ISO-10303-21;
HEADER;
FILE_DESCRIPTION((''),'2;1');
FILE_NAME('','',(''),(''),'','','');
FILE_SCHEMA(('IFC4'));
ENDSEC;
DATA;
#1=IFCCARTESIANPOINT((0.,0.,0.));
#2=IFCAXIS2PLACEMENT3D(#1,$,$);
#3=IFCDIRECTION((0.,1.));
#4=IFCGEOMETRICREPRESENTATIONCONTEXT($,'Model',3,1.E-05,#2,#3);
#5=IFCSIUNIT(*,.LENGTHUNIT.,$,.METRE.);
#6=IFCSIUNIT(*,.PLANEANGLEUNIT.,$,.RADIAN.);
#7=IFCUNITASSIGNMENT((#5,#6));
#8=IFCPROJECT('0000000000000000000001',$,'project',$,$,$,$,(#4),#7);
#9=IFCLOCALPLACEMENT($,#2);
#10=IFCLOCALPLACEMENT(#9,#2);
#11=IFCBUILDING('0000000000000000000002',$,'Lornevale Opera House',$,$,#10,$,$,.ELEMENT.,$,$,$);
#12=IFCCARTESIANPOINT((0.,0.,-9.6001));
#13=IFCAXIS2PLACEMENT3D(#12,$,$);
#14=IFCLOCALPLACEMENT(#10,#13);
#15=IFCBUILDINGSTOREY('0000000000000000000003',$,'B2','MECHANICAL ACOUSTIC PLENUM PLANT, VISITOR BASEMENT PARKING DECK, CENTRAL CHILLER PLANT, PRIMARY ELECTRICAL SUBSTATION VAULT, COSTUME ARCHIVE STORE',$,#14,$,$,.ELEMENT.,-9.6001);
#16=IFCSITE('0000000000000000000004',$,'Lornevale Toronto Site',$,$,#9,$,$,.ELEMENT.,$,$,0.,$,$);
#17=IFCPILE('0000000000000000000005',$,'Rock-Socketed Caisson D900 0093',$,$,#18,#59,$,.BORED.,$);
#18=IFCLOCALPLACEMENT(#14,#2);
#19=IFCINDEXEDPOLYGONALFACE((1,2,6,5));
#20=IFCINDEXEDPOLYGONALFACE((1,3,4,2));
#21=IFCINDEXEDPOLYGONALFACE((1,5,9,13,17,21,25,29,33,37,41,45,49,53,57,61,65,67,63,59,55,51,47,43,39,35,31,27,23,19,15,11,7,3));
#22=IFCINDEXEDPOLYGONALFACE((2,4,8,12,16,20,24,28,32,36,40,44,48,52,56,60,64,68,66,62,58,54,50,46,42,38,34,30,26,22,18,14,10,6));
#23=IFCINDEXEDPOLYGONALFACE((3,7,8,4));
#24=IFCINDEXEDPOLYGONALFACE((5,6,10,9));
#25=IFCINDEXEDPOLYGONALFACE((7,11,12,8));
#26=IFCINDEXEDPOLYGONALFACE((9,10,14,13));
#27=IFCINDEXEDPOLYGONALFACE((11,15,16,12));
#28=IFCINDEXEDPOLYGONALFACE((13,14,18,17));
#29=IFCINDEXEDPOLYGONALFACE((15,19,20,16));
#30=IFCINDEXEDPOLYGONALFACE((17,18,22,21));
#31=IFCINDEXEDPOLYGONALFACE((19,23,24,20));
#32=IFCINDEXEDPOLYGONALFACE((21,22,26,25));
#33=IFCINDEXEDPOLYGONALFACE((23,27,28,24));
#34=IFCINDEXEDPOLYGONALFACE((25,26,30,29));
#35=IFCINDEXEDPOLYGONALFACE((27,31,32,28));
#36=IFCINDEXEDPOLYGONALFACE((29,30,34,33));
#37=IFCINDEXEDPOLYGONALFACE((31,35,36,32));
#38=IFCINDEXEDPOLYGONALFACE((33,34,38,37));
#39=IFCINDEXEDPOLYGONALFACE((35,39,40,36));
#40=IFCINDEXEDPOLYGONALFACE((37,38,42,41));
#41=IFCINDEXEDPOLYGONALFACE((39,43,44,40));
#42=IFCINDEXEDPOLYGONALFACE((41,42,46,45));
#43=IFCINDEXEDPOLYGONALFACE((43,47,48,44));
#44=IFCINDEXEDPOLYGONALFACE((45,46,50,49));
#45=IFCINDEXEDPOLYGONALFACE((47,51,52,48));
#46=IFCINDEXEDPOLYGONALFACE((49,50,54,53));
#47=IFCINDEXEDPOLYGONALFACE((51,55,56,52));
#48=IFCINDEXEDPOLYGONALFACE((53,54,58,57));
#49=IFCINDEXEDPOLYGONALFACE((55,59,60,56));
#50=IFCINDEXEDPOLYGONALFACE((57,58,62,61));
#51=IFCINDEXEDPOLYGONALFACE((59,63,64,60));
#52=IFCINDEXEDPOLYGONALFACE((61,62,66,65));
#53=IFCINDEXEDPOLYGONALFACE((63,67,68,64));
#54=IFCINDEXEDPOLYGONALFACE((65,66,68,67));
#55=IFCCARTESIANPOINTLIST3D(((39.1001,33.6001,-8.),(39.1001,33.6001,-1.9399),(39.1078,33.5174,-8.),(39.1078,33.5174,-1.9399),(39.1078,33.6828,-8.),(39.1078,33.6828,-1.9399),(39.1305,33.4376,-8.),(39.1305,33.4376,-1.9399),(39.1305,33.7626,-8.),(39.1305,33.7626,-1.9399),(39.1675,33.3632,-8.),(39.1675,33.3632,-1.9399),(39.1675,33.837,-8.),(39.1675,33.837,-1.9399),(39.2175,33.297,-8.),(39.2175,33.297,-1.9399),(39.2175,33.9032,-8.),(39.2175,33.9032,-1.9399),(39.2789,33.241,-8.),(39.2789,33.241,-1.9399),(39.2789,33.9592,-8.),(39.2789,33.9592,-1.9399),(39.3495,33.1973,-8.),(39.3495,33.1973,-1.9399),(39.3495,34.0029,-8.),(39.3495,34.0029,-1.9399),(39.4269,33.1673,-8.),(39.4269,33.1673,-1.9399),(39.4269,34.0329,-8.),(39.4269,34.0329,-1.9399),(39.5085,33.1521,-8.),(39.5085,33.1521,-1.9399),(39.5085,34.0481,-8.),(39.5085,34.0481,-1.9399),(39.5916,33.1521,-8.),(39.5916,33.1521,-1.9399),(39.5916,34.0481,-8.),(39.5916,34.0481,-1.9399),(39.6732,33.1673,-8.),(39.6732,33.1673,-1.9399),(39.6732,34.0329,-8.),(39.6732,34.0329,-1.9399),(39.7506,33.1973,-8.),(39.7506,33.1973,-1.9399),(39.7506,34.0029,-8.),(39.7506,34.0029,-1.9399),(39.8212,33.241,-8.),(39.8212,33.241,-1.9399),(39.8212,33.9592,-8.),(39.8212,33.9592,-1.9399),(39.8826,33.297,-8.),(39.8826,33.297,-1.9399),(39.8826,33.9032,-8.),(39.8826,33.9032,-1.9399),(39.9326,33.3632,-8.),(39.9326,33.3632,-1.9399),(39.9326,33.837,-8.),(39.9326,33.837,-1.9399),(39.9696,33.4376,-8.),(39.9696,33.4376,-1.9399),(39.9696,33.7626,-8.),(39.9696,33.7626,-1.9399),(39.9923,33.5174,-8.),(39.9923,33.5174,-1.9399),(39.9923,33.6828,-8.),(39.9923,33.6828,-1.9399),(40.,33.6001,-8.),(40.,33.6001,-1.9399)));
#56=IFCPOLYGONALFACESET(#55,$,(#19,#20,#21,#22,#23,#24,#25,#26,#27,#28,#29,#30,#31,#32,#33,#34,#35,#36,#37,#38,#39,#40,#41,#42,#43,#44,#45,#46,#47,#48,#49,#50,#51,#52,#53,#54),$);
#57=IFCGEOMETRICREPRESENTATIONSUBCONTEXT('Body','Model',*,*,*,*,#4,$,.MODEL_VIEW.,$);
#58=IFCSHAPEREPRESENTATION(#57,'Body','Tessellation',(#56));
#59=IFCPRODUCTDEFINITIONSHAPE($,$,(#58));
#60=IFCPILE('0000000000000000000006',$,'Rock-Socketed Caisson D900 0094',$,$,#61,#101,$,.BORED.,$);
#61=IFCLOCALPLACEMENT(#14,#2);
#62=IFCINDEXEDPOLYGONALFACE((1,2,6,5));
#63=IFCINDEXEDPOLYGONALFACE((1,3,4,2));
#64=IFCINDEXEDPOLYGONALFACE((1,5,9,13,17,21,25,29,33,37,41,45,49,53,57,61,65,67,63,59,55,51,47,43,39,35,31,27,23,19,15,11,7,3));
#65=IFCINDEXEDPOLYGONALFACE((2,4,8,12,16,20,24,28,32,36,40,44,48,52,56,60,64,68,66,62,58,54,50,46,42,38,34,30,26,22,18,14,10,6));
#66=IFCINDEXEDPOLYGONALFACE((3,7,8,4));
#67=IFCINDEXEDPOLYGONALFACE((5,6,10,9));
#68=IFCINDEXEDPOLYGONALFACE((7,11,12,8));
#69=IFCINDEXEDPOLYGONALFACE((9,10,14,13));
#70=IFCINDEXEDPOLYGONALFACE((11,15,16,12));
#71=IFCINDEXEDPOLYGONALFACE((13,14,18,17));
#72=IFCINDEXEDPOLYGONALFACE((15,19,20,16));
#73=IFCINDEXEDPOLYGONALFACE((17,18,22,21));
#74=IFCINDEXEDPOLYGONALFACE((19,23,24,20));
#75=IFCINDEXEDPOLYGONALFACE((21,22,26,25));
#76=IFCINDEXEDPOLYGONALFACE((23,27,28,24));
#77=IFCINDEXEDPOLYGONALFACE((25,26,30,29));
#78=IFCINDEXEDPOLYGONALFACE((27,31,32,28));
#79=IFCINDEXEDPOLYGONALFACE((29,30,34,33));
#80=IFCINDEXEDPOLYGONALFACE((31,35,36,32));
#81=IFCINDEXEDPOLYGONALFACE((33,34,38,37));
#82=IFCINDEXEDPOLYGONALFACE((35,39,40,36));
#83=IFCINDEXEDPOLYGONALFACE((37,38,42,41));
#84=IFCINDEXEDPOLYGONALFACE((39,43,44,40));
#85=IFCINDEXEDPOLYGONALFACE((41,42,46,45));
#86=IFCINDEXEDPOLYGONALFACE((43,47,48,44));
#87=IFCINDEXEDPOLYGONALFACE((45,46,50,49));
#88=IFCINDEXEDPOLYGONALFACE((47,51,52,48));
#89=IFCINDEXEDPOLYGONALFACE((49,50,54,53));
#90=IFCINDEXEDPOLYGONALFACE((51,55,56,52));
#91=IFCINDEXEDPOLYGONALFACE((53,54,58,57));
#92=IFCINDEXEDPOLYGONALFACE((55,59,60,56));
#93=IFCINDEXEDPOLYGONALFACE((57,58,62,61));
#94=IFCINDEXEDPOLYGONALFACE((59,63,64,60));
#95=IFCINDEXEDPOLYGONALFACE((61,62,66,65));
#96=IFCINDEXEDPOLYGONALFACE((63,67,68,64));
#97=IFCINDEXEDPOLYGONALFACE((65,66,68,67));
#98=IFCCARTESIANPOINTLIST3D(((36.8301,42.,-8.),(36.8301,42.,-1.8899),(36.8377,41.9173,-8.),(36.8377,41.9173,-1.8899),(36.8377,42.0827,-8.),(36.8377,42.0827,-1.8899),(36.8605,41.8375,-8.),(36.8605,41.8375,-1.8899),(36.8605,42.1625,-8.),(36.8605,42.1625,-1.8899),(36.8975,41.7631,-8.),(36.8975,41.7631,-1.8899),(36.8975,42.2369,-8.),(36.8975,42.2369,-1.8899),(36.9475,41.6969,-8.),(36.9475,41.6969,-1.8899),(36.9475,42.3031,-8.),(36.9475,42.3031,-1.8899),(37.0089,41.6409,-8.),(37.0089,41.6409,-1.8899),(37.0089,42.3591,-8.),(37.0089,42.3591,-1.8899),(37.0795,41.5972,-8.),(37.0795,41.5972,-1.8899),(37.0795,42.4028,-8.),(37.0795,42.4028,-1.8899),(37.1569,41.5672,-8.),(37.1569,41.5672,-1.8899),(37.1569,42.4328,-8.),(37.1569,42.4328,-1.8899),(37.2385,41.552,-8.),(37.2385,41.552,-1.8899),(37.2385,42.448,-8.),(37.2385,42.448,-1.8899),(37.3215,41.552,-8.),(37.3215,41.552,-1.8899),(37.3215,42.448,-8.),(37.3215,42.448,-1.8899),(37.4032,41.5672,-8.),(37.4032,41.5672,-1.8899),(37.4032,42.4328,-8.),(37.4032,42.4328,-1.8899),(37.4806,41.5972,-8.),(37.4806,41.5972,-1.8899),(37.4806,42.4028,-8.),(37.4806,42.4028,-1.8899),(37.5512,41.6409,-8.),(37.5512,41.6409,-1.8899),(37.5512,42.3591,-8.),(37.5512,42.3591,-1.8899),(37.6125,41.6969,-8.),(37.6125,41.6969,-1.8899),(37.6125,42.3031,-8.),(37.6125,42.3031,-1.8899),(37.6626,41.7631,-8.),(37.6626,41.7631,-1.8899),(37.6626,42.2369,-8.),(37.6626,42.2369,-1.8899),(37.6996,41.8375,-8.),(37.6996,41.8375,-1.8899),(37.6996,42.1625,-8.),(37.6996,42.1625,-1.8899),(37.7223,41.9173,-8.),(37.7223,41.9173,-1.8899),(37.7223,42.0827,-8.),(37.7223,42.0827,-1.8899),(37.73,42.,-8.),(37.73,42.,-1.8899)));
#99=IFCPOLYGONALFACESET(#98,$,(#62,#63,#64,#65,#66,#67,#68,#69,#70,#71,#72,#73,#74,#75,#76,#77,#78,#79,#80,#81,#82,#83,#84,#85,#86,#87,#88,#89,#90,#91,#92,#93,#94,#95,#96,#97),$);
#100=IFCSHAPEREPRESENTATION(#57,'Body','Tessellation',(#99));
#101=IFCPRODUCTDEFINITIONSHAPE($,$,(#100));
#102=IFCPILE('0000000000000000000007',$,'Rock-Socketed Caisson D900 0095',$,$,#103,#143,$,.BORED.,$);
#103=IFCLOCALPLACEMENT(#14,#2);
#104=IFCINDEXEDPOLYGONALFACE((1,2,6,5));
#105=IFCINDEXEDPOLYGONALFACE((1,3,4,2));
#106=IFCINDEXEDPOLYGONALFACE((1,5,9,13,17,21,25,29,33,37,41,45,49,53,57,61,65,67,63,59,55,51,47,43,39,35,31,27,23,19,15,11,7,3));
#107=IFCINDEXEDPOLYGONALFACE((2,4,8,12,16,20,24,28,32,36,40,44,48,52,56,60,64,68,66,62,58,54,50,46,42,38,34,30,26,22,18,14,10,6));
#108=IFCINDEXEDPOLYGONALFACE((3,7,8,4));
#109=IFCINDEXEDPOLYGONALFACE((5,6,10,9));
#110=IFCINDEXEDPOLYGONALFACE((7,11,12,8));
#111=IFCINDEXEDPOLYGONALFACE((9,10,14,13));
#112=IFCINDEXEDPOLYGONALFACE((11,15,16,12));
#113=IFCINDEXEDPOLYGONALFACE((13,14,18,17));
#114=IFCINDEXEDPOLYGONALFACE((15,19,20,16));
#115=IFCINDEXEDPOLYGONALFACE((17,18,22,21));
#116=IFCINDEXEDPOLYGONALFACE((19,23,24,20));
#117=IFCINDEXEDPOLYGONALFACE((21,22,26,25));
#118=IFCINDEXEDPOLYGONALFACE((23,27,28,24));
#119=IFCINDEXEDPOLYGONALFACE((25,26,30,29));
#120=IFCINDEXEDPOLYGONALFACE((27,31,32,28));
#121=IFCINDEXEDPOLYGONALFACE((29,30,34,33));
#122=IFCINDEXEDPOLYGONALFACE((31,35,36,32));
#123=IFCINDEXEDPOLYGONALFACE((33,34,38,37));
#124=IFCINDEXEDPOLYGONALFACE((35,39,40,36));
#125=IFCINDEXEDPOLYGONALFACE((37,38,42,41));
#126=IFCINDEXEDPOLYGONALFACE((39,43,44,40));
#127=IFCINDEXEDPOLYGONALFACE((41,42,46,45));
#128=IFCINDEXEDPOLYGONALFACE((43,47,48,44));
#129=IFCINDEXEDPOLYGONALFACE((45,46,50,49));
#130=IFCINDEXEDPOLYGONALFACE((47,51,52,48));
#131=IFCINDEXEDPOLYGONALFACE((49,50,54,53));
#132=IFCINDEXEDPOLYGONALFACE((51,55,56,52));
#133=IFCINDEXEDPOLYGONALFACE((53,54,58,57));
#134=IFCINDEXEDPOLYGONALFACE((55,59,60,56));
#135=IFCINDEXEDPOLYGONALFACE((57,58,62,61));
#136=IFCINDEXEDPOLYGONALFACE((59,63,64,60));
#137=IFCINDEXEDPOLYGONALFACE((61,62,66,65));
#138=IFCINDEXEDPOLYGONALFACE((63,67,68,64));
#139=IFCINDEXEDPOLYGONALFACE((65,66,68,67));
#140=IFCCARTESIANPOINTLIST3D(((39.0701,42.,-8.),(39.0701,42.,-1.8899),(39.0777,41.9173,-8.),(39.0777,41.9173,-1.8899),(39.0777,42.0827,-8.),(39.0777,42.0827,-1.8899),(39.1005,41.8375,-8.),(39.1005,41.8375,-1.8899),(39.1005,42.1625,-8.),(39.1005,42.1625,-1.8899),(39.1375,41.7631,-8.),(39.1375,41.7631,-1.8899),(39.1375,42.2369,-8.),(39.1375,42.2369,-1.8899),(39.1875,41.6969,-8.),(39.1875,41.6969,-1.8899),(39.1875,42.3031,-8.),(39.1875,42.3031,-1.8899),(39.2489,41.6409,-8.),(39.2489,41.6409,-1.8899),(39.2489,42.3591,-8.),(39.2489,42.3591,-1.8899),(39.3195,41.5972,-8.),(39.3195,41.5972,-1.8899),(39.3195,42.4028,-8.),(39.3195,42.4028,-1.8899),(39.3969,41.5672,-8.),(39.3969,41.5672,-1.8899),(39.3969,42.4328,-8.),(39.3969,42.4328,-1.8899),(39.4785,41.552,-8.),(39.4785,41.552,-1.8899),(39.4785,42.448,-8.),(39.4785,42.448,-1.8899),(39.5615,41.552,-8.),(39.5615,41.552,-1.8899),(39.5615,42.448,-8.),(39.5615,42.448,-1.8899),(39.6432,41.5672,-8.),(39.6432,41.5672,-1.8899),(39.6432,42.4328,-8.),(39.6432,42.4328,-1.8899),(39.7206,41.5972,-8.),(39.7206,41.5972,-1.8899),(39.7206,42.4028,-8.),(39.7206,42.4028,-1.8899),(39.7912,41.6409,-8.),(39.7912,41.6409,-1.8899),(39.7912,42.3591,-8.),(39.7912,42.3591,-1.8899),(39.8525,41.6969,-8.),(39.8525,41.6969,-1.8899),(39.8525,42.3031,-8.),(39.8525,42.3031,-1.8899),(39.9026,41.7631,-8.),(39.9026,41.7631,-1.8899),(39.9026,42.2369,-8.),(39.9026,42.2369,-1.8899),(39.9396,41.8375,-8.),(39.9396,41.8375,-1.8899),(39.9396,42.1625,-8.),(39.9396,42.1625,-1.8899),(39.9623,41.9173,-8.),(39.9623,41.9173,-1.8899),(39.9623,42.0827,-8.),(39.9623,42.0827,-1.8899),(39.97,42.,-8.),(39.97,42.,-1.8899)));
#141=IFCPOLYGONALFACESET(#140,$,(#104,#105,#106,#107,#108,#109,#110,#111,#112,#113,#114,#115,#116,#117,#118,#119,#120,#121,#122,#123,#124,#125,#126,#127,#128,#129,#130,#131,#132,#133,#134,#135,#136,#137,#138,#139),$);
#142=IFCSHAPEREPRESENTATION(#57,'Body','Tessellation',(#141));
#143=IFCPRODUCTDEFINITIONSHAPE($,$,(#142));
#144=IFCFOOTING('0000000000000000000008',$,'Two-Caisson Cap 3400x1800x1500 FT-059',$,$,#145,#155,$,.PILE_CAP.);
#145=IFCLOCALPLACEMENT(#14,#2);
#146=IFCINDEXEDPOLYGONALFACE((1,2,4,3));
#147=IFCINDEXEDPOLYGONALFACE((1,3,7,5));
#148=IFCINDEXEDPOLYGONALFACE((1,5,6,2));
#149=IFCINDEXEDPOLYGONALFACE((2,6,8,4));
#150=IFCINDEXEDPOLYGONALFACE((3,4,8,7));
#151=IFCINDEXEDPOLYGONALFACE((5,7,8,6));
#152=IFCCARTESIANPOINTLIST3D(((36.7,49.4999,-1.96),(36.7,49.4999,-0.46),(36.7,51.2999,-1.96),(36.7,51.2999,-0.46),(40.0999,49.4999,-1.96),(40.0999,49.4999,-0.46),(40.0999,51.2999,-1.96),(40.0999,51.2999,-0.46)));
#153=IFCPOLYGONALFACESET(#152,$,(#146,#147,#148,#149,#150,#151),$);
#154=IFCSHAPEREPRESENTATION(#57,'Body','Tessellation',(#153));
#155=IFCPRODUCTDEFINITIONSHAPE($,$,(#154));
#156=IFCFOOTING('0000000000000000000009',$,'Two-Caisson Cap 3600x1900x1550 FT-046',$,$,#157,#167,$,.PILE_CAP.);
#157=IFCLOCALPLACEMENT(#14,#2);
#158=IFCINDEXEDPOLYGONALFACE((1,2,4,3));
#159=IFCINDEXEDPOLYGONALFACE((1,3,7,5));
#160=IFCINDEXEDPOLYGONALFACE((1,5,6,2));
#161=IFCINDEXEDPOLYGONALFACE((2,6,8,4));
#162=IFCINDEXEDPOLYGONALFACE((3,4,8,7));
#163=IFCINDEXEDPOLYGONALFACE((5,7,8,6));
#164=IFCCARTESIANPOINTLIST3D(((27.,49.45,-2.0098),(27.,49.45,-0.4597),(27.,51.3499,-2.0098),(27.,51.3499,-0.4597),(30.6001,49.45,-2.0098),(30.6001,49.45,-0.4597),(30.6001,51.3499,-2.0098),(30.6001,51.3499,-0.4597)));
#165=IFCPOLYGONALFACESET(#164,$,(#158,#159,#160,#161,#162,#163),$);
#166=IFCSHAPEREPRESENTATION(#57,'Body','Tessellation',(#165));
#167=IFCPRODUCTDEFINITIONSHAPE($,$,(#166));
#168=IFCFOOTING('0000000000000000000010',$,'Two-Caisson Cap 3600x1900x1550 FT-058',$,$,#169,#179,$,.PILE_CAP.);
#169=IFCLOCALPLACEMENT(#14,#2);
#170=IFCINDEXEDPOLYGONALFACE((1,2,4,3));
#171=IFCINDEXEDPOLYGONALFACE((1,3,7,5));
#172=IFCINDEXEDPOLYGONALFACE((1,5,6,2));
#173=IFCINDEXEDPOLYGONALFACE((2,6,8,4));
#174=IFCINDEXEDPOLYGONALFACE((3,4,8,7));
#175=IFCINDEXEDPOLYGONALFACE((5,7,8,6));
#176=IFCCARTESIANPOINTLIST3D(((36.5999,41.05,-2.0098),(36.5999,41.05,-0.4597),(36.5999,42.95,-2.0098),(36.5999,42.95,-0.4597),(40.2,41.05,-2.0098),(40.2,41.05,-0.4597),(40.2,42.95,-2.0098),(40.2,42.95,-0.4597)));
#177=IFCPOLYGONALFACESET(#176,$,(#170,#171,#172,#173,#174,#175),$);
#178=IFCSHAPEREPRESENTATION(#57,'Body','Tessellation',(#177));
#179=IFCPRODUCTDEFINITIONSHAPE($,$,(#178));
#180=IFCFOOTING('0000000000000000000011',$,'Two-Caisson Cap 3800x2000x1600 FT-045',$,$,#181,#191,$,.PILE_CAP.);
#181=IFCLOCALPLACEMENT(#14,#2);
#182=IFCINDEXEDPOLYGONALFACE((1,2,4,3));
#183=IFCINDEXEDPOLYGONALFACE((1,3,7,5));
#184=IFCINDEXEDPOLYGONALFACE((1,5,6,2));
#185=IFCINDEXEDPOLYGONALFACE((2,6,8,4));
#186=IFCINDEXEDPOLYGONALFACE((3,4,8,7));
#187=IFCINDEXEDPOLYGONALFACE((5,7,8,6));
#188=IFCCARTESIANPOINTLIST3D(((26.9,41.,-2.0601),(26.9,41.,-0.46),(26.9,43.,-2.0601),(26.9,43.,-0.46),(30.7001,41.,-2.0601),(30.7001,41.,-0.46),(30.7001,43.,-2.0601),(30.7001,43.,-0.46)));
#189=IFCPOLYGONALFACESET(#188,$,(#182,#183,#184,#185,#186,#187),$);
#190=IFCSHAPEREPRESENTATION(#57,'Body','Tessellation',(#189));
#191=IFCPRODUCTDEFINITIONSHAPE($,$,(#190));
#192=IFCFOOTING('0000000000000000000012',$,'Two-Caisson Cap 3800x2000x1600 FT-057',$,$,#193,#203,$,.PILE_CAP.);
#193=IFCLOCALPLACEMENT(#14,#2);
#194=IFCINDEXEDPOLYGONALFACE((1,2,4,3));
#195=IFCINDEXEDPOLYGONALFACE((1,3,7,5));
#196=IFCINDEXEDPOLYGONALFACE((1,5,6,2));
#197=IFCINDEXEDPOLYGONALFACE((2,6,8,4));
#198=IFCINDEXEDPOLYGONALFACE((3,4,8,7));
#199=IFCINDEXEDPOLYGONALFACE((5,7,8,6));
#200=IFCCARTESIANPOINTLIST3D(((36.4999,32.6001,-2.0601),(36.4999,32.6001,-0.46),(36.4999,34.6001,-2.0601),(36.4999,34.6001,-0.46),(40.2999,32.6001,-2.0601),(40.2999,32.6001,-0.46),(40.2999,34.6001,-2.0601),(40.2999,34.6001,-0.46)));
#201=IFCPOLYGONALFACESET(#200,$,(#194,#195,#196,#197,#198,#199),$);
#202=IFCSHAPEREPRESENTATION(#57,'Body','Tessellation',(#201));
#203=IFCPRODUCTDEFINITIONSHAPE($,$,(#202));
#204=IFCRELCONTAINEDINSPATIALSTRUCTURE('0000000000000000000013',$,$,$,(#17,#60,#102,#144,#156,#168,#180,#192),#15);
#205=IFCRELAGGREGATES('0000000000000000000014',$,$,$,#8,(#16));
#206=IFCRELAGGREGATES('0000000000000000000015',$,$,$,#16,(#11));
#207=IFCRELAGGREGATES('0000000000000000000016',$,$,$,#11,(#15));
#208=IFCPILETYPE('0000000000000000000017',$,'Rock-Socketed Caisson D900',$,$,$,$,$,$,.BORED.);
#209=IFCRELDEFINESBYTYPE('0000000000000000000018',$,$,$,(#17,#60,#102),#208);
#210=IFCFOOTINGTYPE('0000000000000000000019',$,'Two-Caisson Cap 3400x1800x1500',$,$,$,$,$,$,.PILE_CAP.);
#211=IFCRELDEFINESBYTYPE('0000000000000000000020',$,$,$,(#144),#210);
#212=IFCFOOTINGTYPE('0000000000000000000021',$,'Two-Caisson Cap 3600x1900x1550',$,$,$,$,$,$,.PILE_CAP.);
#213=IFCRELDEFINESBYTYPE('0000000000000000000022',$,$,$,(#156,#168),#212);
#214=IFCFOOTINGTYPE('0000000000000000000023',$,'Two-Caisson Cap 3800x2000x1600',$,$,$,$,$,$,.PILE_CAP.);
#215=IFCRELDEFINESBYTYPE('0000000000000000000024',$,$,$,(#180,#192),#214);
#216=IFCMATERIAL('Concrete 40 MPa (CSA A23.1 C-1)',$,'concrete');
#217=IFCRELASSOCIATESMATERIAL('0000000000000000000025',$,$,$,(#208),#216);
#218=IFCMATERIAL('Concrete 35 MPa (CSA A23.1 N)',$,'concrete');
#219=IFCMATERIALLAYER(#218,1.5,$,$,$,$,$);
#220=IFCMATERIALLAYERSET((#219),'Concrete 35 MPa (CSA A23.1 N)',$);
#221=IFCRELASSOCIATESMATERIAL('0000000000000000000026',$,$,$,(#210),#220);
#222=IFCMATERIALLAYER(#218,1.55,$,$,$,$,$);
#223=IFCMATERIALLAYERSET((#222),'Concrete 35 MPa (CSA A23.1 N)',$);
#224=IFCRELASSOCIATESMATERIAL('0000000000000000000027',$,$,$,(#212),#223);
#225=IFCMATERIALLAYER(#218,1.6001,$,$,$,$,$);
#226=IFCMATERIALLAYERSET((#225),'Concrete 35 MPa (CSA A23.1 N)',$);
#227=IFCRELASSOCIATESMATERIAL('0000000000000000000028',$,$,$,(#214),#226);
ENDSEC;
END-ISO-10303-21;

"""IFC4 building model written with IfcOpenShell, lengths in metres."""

from ifc_helpers import new_model, si_unit, direction, frame, origin, origin_2d, place, context, subcontext, project, spatial, rectangle, circle, extrude, material, layer, layer_set, material_profile, profile_set, type_object, element, save


model = new_model("IFC4")

# Units and contexts
model_context = context("Model", 3, precision=1e-05, world=origin(), true_north=direction((0.0, 1.0)))
body_context = subcontext(model_context, "Body", "Model", "MODEL_VIEW")
ifc_project = project(units=[si_unit("LENGTHUNIT", "METRE"), si_unit("PLANEANGLEUNIT", "RADIAN")], contexts=[model_context])

# Site, building, storey
site_placement = place(None, origin())
site = spatial("IfcSite", under=ifc_project, at=site_placement, Name="Lornevale Toronto Site", CompositionType="ELEMENT", RefElevation=0.0)
building_placement = place(site_placement, origin())
building = spatial("IfcBuilding", under=site, at=building_placement, Name="Lornevale Opera House", CompositionType="ELEMENT")
storey_placement = place(building_placement, frame((0.0, 0.0, -9.6001)))
storey = spatial("IfcBuildingStorey", under=building, at=storey_placement, Name="B2", Description="MECHANICAL ACOUSTIC PLENUM PLANT, VISITOR BASEMENT PARKING DECK, CENTRAL CHILLER PLANT, PRIMARY ELECTRICAL SUBSTATION VAULT, COSTUME ARCHIVE STORE", CompositionType="ELEMENT", Elevation=-9.6001)

# Shared definitions
ifc_material_1 = material(Name="Concrete 35 MPa (CSA A23.1 N)", Category="concrete")

# Piles
ifc_material_2 = material(Name="Concrete 40 MPa (CSA A23.1 C-1)", Category="concrete")
ifc_material_profile_1 = material_profile(ifc_material_2, circle(Radius=0.45, at=origin_2d()), Name="CAIS900")
ifc_profile_set_1 = profile_set([ifc_material_profile_1], Name="Concrete 40 MPa (CSA A23.1 C-1)")
pile_type_1 = type_object("IfcPileType", Name="Rock-Socketed Caisson D900", PredefinedType="BORED", material=ifc_profile_set_1)
for number, where, z_axis, x_axis, name in (
    (1, (39.55, 33.6001, -1.9399), (0.0, 0.0, -1.0), (1.0, 0.0, 0.0), "Rock-Socketed Caisson D900 0093"),
):
    element("IfcPile", number, at=place(storey_placement, frame(where, z_axis=z_axis, x_axis=x_axis)), inside=storey, type_object=pile_type_1, Name=name, PredefinedType="BORED", context=body_context, shape_type="SweptSolid", body=[
        extrude(circle(Radius=0.45, at=origin_2d()), origin(), (0.0, 0.0, 1.0), 6.0601),
    ])
for number, where, z_axis, x_axis, name in (
    (2, (37.28, 42.0, -1.8899), (0.0, 0.0, -1.0), (1.0, 0.0, 0.0), "Rock-Socketed Caisson D900 0094"),
    (3, (39.52, 42.0, -1.8899), (0.0, 0.0, -1.0), (1.0, 0.0, 0.0), "Rock-Socketed Caisson D900 0095"),
):
    element("IfcPile", number, at=place(storey_placement, frame(where, z_axis=z_axis, x_axis=x_axis)), inside=storey, type_object=pile_type_1, Name=name, PredefinedType="BORED", context=body_context, shape_type="SweptSolid", body=[
        extrude(circle(Radius=0.45, at=origin_2d()), origin(), (0.0, 0.0, 1.0), 6.1101),
    ])

# Footings
ifc_layer_1 = layer(ifc_material_1, 1.5)
ifc_layer_set_1 = layer_set([ifc_layer_1], Name="Concrete 35 MPa (CSA A23.1 N)")
footing_type_1 = type_object("IfcFootingType", Name="Two-Caisson Cap 3400x1800x1500", PredefinedType="PILE_CAP", material=ifc_layer_set_1)
footing_1_placement = place(storey_placement, frame((38.3999, 50.3999, -1.96), z_axis=(0.0, 0.0, 1.0), x_axis=(1.0, 0.0, 0.0)))
element("IfcFooting", 4, at=footing_1_placement, inside=storey, type_object=footing_type_1, Name="Two-Caisson Cap 3400x1800x1500 FT-059", PredefinedType="PILE_CAP", context=body_context, shape_type="SweptSolid", body=[
    extrude(rectangle(XDim=3.3999, YDim=1.8, at=origin_2d()), origin(), (0.0, 0.0, 1.0), 1.5),
])
ifc_layer_2 = layer(ifc_material_1, 1.55)
ifc_layer_set_2 = layer_set([ifc_layer_2], Name="Concrete 35 MPa (CSA A23.1 N)")
footing_type_2 = type_object("IfcFootingType", Name="Two-Caisson Cap 3600x1900x1550", PredefinedType="PILE_CAP", material=ifc_layer_set_2)
for number, where, z_axis, x_axis, name in (
    (5, (28.8, 50.3999, -2.0098), (0.0, 0.0, 1.0), (1.0, 0.0, 0.0), "Two-Caisson Cap 3600x1900x1550 FT-046"),
    (6, (38.3999, 42.0, -2.0098), (0.0, 0.0, 1.0), (1.0, 0.0, 0.0), "Two-Caisson Cap 3600x1900x1550 FT-058"),
):
    element("IfcFooting", number, at=place(storey_placement, frame(where, z_axis=z_axis, x_axis=x_axis)), inside=storey, type_object=footing_type_2, Name=name, PredefinedType="PILE_CAP", context=body_context, shape_type="SweptSolid", body=[
        extrude(rectangle(XDim=3.6001, YDim=1.8999, at=origin_2d()), origin(), (0.0, 0.0, 1.0), 1.55),
    ])
ifc_layer_3 = layer(ifc_material_1, 1.6001)
ifc_layer_set_3 = layer_set([ifc_layer_3], Name="Concrete 35 MPa (CSA A23.1 N)")
footing_type_3 = type_object("IfcFootingType", Name="Two-Caisson Cap 3800x2000x1600", PredefinedType="PILE_CAP", material=ifc_layer_set_3)
for number, where, z_axis, x_axis, name in (
    (7, (28.8, 42.0, -2.0601), (0.0, 0.0, 1.0), (1.0, 0.0, 0.0), "Two-Caisson Cap 3800x2000x1600 FT-045"),
    (8, (38.3999, 33.6001, -2.0601), (0.0, 0.0, 1.0), (1.0, 0.0, 0.0), "Two-Caisson Cap 3800x2000x1600 FT-057"),
):
    element("IfcFooting", number, at=place(storey_placement, frame(where, z_axis=z_axis, x_axis=x_axis)), inside=storey, type_object=footing_type_3, Name=name, PredefinedType="PILE_CAP", context=body_context, shape_type="SweptSolid", body=[
        extrude(rectangle(XDim=3.8, YDim=2.0, at=origin_2d()), origin(), (0.0, 0.0, 1.0), 1.6001),
    ])

save(model, "model.ifc")
